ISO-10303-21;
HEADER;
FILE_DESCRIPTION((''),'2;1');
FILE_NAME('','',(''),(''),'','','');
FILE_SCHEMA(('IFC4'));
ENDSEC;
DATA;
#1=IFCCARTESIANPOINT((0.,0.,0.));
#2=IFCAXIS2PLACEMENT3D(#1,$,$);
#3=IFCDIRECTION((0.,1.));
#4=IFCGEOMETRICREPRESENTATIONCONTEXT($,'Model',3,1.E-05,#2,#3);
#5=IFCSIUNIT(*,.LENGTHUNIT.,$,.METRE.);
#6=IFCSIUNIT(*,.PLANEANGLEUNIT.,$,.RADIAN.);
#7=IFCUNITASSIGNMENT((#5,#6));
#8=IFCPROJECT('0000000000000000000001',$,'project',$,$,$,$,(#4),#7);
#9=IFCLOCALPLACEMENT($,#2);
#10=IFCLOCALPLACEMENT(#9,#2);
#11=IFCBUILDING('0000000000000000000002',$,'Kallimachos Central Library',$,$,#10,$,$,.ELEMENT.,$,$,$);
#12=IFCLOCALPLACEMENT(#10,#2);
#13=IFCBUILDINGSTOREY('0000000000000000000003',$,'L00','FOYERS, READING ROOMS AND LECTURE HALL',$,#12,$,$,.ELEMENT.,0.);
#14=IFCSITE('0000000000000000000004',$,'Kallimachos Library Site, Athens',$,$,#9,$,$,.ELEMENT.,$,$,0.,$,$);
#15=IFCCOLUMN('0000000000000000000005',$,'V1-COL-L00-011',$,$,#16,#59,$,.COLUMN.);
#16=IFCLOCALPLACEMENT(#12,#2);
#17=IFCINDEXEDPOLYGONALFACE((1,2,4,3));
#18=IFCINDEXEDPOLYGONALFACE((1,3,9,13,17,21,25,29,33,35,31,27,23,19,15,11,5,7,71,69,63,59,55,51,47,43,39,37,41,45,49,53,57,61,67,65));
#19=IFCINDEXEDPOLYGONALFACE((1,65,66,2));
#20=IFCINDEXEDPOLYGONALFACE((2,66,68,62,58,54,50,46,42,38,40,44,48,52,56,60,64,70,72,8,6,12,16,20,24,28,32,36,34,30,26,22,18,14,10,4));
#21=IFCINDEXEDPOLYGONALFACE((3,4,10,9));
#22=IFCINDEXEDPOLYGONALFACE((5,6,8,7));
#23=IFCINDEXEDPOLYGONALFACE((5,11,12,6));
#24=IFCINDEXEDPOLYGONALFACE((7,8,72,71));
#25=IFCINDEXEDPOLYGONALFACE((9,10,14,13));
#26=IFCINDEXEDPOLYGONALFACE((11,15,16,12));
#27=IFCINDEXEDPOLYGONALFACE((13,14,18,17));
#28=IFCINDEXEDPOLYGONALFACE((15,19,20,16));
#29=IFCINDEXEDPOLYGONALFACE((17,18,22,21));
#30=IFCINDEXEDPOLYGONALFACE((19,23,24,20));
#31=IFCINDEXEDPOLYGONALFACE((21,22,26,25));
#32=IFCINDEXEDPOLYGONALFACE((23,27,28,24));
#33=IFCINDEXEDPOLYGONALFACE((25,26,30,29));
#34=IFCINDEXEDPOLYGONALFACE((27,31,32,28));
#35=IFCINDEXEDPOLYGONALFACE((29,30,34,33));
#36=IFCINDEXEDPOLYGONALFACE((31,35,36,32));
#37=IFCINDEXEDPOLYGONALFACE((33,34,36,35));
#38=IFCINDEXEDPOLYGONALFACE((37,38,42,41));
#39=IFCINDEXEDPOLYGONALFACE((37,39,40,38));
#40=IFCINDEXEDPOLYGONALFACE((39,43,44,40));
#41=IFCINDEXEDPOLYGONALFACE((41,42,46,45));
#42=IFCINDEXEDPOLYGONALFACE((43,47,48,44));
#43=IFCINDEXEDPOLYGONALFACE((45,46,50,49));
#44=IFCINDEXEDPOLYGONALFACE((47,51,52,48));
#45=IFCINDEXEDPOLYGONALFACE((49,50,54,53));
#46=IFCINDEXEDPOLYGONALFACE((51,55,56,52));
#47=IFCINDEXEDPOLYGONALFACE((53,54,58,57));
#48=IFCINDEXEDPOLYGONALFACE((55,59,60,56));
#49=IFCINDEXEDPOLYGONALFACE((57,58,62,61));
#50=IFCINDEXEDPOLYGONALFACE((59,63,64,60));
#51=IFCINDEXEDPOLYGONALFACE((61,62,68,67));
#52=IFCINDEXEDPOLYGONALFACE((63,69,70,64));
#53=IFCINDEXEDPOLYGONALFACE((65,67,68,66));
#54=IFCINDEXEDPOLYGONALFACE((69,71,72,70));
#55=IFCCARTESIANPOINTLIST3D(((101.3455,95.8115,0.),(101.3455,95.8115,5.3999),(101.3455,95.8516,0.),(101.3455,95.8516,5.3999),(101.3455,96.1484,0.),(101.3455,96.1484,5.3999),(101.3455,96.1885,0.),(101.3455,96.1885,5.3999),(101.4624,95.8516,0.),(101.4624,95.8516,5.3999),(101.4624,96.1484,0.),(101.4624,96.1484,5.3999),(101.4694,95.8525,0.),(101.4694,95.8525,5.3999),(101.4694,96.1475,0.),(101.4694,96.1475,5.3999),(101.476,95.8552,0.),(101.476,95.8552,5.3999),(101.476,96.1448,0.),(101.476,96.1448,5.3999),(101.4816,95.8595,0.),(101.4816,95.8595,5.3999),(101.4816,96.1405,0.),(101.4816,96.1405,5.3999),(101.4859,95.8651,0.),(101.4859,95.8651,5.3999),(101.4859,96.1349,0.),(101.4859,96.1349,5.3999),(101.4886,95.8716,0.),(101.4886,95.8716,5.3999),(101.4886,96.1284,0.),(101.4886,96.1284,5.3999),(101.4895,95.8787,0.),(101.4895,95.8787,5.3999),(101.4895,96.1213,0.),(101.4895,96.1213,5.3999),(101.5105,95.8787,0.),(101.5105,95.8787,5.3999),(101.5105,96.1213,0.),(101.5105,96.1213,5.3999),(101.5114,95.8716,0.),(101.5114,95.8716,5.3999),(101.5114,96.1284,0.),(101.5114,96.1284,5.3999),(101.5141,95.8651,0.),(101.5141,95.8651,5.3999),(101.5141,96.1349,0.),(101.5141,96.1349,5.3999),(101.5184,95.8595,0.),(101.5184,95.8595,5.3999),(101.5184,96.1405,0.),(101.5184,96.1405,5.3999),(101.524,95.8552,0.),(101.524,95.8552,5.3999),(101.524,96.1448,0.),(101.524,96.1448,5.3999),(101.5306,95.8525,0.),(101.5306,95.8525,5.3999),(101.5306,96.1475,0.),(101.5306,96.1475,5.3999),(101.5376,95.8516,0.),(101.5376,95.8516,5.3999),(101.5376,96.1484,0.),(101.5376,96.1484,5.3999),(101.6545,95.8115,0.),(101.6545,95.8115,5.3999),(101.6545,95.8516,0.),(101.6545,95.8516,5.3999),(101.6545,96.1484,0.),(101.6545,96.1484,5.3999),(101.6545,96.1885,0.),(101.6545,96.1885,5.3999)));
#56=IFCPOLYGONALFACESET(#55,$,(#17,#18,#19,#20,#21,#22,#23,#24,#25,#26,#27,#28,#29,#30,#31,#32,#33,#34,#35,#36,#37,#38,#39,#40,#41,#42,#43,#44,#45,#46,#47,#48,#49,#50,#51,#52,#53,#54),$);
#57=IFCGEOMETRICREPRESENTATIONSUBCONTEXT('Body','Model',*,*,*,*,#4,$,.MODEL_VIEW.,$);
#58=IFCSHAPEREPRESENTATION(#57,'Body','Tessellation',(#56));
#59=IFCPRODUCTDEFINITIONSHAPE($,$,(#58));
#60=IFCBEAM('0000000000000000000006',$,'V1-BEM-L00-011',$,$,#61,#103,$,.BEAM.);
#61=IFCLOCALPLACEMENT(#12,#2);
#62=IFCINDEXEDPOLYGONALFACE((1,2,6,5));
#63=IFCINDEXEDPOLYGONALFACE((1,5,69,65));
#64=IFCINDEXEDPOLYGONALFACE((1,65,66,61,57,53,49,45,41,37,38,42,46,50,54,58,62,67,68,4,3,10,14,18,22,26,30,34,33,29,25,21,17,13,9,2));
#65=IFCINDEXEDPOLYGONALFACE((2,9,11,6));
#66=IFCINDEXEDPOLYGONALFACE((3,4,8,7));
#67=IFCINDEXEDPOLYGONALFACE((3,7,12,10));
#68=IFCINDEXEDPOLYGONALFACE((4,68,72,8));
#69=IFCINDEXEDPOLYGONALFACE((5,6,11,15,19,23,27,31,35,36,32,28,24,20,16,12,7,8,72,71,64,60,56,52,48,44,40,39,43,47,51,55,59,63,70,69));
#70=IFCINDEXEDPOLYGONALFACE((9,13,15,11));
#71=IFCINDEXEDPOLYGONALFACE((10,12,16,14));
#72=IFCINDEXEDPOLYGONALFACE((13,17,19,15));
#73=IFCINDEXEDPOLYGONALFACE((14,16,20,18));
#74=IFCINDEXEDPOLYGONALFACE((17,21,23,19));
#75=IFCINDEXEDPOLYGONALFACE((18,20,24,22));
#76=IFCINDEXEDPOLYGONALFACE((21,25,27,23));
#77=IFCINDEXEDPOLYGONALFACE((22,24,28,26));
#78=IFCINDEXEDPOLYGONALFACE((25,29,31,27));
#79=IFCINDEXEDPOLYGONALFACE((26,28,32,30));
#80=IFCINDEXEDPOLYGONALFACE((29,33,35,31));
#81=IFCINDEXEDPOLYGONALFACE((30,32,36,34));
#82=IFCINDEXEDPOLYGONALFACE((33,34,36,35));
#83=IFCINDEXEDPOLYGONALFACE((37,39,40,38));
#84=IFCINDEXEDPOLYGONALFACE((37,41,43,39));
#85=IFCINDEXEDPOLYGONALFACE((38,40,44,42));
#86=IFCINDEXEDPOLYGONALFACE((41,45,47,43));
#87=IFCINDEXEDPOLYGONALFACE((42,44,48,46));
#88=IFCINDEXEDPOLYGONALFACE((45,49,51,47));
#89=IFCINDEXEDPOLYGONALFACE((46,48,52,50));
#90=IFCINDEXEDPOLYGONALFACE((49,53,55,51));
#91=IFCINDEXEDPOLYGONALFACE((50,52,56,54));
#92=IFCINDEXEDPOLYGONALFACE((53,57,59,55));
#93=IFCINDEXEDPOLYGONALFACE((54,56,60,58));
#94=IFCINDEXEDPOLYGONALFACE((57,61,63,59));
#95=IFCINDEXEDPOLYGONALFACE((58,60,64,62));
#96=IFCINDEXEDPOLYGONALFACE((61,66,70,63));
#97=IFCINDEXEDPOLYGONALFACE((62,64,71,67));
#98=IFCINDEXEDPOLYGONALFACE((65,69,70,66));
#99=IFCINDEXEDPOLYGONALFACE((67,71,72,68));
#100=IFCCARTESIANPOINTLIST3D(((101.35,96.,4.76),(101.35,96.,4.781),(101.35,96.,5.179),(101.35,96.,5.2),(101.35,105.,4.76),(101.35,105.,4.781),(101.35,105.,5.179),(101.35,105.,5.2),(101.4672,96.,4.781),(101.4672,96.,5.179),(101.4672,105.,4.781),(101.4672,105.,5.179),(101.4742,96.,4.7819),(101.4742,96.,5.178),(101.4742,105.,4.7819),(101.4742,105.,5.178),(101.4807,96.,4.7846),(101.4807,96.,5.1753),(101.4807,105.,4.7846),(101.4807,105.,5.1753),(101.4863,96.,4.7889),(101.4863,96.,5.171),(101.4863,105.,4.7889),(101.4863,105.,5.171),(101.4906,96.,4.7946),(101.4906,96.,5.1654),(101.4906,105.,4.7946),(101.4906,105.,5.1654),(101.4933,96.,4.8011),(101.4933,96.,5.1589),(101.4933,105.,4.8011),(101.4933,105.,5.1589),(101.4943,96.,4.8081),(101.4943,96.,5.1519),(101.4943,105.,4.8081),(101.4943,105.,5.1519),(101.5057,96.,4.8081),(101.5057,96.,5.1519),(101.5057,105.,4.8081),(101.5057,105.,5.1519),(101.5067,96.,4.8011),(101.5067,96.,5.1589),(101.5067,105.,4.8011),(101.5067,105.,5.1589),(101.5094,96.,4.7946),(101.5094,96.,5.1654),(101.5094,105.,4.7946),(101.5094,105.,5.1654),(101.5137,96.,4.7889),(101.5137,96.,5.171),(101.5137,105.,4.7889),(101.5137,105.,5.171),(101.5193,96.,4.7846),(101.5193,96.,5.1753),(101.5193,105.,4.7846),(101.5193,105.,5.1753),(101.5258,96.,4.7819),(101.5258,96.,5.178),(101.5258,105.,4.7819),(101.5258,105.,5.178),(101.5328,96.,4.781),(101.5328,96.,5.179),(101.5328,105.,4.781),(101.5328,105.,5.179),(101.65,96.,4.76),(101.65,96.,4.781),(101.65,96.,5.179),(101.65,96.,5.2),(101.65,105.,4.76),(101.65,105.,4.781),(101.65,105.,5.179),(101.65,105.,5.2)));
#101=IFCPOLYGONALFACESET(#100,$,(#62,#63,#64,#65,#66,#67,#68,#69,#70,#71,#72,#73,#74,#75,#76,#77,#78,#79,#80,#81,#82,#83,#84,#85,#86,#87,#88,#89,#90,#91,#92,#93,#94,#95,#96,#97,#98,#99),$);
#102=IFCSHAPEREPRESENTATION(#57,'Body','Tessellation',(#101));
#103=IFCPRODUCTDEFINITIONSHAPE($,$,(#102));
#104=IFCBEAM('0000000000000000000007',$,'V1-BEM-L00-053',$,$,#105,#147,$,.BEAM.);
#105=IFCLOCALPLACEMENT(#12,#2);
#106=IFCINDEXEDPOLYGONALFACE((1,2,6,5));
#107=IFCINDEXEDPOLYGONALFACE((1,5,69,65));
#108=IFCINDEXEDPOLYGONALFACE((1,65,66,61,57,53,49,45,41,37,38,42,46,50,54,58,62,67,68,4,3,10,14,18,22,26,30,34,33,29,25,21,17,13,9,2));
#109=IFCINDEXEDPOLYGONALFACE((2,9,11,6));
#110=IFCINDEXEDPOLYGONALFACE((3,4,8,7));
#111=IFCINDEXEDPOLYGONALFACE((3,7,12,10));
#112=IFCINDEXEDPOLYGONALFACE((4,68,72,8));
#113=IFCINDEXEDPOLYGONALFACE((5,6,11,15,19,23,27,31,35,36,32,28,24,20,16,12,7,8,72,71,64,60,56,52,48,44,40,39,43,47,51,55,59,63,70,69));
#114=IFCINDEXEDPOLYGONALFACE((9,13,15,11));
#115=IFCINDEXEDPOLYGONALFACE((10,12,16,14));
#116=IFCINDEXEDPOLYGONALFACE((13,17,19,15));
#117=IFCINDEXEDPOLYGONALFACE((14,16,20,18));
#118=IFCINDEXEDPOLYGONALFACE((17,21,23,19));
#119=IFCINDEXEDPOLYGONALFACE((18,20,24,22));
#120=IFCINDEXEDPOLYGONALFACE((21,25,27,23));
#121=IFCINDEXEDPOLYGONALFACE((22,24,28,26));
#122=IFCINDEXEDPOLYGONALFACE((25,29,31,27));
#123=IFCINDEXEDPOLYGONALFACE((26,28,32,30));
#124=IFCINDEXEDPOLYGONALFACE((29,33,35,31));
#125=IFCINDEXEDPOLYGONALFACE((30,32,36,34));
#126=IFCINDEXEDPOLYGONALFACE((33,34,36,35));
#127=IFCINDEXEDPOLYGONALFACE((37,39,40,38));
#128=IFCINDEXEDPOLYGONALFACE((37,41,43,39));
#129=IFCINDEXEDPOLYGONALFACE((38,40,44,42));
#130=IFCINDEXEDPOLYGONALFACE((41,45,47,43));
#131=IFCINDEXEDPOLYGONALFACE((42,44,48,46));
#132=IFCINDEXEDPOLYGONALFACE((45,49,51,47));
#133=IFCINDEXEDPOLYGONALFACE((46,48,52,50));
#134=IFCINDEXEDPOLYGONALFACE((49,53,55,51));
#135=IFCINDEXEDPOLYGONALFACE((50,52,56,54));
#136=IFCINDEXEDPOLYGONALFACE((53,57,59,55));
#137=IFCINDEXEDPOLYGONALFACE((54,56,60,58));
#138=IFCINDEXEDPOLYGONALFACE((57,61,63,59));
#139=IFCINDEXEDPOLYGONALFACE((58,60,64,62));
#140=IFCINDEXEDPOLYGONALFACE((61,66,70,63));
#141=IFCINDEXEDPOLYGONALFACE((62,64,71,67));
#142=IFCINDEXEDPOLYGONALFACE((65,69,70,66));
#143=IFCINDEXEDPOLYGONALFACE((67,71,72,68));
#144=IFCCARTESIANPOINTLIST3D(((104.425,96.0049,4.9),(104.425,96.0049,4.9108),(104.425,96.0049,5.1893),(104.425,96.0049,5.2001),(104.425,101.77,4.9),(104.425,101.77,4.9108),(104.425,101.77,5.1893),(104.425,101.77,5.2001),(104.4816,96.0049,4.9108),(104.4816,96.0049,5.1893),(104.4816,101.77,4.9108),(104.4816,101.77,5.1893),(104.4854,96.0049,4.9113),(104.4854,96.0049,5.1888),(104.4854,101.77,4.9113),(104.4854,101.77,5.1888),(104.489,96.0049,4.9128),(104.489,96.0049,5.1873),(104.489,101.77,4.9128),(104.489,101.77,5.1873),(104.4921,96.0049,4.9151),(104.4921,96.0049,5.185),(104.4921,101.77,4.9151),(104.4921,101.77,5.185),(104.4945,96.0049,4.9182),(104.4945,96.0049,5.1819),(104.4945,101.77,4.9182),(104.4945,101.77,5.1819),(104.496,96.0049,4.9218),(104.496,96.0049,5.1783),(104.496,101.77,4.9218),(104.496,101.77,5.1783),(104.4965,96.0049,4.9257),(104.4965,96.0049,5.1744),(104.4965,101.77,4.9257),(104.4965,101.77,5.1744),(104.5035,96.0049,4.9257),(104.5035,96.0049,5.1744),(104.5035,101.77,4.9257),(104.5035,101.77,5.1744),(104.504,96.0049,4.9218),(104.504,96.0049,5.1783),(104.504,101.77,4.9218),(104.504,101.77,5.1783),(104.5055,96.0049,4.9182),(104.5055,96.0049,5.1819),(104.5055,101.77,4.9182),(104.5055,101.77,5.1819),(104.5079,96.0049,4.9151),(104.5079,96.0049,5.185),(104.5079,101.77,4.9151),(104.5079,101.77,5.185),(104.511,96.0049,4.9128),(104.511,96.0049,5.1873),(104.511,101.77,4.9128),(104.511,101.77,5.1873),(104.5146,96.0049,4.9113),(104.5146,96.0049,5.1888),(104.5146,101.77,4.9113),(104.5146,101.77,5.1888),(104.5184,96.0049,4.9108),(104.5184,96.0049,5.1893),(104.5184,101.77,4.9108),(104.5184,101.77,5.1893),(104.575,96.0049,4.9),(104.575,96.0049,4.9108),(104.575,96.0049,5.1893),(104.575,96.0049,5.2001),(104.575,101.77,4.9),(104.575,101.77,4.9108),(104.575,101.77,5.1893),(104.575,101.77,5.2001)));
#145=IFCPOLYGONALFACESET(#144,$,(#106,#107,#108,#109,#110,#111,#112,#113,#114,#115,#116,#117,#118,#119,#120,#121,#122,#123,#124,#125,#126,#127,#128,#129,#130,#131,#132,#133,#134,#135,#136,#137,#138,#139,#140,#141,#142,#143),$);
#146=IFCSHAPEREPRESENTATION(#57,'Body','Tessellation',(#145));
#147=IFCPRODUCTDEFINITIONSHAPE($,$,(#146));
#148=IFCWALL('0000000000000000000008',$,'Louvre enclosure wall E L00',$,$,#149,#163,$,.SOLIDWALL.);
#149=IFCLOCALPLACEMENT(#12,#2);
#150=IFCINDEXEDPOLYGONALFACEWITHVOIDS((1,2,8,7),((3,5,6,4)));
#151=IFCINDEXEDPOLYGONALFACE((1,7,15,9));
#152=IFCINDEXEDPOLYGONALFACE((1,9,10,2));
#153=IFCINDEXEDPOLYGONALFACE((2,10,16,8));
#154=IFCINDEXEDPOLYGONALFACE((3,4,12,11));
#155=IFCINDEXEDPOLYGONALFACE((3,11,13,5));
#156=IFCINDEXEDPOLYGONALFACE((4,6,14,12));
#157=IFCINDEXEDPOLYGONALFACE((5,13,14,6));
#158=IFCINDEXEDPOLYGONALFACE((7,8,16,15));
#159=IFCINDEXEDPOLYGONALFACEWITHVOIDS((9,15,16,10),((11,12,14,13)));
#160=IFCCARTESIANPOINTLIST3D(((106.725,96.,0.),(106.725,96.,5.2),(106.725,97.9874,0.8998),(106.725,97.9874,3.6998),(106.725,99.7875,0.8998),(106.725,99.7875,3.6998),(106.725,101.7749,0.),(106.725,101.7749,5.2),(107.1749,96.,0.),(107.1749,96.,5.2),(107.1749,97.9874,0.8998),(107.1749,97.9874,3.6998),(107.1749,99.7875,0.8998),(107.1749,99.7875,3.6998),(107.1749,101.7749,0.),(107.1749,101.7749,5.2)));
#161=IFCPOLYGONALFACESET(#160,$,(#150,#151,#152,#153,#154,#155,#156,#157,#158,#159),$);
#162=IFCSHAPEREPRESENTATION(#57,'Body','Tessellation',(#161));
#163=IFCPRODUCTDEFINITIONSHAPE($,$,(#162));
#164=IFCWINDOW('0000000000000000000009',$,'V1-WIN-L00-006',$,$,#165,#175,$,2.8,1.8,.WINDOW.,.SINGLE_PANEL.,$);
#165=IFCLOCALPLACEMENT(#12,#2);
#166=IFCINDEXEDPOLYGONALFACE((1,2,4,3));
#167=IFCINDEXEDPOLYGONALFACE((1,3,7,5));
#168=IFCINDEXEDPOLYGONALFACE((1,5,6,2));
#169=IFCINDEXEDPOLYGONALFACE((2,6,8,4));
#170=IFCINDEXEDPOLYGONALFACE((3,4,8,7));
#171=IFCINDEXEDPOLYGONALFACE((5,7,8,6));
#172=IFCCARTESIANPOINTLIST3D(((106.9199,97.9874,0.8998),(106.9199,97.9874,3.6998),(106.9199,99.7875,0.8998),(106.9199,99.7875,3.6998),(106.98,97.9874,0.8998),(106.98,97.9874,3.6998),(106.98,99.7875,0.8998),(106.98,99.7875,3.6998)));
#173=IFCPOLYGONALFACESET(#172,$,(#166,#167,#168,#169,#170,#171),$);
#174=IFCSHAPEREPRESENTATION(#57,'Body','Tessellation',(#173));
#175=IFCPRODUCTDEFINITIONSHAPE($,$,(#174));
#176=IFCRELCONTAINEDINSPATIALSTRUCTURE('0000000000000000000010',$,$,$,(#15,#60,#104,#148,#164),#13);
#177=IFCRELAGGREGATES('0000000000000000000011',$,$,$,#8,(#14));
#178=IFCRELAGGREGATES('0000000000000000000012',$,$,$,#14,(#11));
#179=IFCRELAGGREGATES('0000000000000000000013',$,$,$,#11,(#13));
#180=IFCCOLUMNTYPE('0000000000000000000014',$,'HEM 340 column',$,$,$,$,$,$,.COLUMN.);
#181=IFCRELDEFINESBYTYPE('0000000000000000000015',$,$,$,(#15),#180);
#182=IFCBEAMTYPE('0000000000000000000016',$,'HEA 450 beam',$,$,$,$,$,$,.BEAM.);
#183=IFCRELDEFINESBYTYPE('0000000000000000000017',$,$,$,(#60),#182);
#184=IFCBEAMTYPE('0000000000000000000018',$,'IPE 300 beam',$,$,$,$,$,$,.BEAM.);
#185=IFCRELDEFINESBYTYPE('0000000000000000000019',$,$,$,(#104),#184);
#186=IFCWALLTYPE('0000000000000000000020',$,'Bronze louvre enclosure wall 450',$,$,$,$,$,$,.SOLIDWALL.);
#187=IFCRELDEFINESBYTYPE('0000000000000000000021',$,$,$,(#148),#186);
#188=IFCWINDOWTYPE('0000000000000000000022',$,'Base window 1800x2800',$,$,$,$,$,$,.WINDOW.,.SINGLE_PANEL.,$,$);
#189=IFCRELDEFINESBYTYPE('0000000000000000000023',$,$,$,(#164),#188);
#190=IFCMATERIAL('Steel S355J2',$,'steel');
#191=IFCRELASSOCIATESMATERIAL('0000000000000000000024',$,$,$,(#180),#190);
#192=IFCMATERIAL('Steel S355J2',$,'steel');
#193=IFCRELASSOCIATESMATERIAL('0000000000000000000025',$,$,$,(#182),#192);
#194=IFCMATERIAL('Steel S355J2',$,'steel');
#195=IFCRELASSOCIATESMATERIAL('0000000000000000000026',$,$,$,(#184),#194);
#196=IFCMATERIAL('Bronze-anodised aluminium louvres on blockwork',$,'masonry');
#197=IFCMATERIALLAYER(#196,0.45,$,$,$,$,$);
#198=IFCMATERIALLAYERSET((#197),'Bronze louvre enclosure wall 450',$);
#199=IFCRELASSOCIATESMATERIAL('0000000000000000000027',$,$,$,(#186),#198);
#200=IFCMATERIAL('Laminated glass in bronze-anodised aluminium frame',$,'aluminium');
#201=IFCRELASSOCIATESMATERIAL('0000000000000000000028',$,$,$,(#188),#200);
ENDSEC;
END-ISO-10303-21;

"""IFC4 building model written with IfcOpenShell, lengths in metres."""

from ifc_helpers import new_model, si_unit, direction, frame, frame_2d, origin, origin_2d, place, context, subcontext, project, spatial, rectangle, i_section, extrude, material, layer, layer_set, material_profile, profile_set, type_object, element, fill, save


model = new_model("IFC4")

# Units and contexts
model_context = context("Model", 3, precision=1e-05, world=origin(), true_north=direction((0.0, 1.0)))
body_context = subcontext(model_context, "Body", "Model", "MODEL_VIEW")
ifc_project = project(units=[si_unit("LENGTHUNIT", "METRE"), si_unit("PLANEANGLEUNIT", "RADIAN")], contexts=[model_context])

# Site, building, storey
site_placement = place(None, origin())
site = spatial("IfcSite", under=ifc_project, at=site_placement, Name="Kallimachos Library Site, Athens", CompositionType="ELEMENT", RefElevation=0.0)
building_placement = place(site_placement, origin())
building = spatial("IfcBuilding", under=site, at=building_placement, Name="Kallimachos Central Library", CompositionType="ELEMENT")
storey_placement = place(building_placement, origin())
storey = spatial("IfcBuildingStorey", under=building, at=storey_placement, Name="L00", Description="FOYERS, READING ROOMS AND LECTURE HALL", CompositionType="ELEMENT", Elevation=0.0)

# Column
ifc_material_1 = material(Name="Steel S355J2", Category="steel")
ifc_material_profile_1 = material_profile(ifc_material_1, i_section(OverallWidth=0.3091, OverallDepth=0.377, WebThickness=0.021, FlangeThickness=0.04, FilletRadius=0.0271, at=origin_2d()), Name="HEM 340")
ifc_profile_set_1 = profile_set([ifc_material_profile_1], Name="Steel S355J2")
column_type = type_object("IfcColumnType", Name="HEM 340 column", PredefinedType="COLUMN", material=ifc_profile_set_1)
column_placement = place(storey_placement, frame((101.5, 96.0, 0.0), z_axis=(0.0, 0.0, 1.0), x_axis=(1.0, 0.0, 0.0)))
element("IfcColumn", 1, at=column_placement, inside=storey, type_object=column_type, Name="V1-COL-L00-011", PredefinedType="COLUMN", context=body_context, shape_type="SweptSolid", body=[
    extrude(i_section(OverallWidth=0.3091, OverallDepth=0.377, WebThickness=0.021, FlangeThickness=0.04, FilletRadius=0.0271, at=origin_2d()), origin(), (0.0, 0.0, 1.0), 5.3999),
])

# Beams
ifc_material_2 = material(Name="Steel S355J2", Category="steel")
ifc_material_profile_2 = material_profile(ifc_material_2, i_section(OverallWidth=0.3, OverallDepth=0.4399, WebThickness=0.0115, FlangeThickness=0.021, FilletRadius=0.0271, at=origin_2d()), Name="HEA 450")
ifc_profile_set_2 = profile_set([ifc_material_profile_2], Name="Steel S355J2")
beam_type_1 = type_object("IfcBeamType", Name="HEA 450 beam", PredefinedType="BEAM", material=ifc_profile_set_2)
beam_1_placement = place(storey_placement, frame((101.5, 96.0, 4.98), z_axis=(0.0, 1.0, 0.0), x_axis=(-1.0, 0.0, 0.0)))
element("IfcBeam", 2, at=beam_1_placement, inside=storey, type_object=beam_type_1, Name="V1-BEM-L00-011", PredefinedType="BEAM", context=body_context, shape_type="SweptSolid", body=[
    extrude(i_section(OverallWidth=0.3, OverallDepth=0.4399, WebThickness=0.0115, FlangeThickness=0.021, FilletRadius=0.0271, at=origin_2d()), origin(), (0.0, 0.0, 1.0), 9.0),
])
ifc_material_3 = material(Name="Steel S355J2", Category="steel")
ifc_material_profile_3 = material_profile(ifc_material_3, i_section(OverallWidth=0.1499, OverallDepth=0.3, WebThickness=0.0071, FlangeThickness=0.0107, FilletRadius=0.0149, at=origin_2d()), Name="IPE 300")
ifc_profile_set_3 = profile_set([ifc_material_profile_3], Name="Steel S355J2")
beam_type_2 = type_object("IfcBeamType", Name="IPE 300 beam", PredefinedType="BEAM", material=ifc_profile_set_3)
beam_2_placement = place(storey_placement, frame((104.5, 96.0049, 5.05), z_axis=(0.0, 1.0, 0.0), x_axis=(-1.0, 0.0, 0.0)))
element("IfcBeam", 3, at=beam_2_placement, inside=storey, type_object=beam_type_2, Name="V1-BEM-L00-053", PredefinedType="BEAM", context=body_context, shape_type="SweptSolid", body=[
    extrude(i_section(OverallWidth=0.1499, OverallDepth=0.3, WebThickness=0.0071, FlangeThickness=0.0107, FilletRadius=0.0149, at=origin_2d()), origin(), (0.0, 0.0, 1.0), 5.7651),
])

# Wall, opening, window
ifc_material_4 = material(Name="Bronze-anodised aluminium louvres on blockwork", Category="masonry")
ifc_layer_1 = layer(ifc_material_4, 0.45)
ifc_layer_set_1 = layer_set([ifc_layer_1], Name="Bronze louvre enclosure wall 450")
wall_type_1 = type_object("IfcWallType", Name="Bronze louvre enclosure wall 450", PredefinedType="SOLIDWALL", material=ifc_layer_set_1)
wall_1_placement = place(storey_placement, frame((106.95, 96.0, 0.0), z_axis=(0.0, 0.0, 1.0), x_axis=(0.0, 1.0, 0.0)))
wall_1 = element("IfcWall", 4, at=wall_1_placement, inside=storey, type_object=wall_type_1, Name="Louvre enclosure wall E L00", PredefinedType="SOLIDWALL", context=body_context, shape_type="SweptSolid", body=[
    extrude(rectangle(XDim=5.7749, YDim=0.45, at=frame_2d((2.8875, 0.0))), origin(), (0.0, 0.0, 1.0), 5.2),
])
opening_1_placement = place(wall_1_placement, frame((1.9875, 0.0, 0.8999)))
opening_1 = element("IfcOpeningElement", 5, at=opening_1_placement, cuts=wall_1, PredefinedType="OPENING", context=body_context, shape_type="SweptSolid", body=[
    extrude(rectangle(XDim=1.8, YDim=2.8, at=frame_2d((0.8999, 1.3999))), frame((0.0, 0.2349, 0.0), z_axis=(0.0, -1.0, 0.0), x_axis=(1.0, 0.0, 0.0)), (0.0, 0.0, 1.0), 0.47),
])
ifc_material_5 = material(Name="Laminated glass in bronze-anodised aluminium frame", Category="aluminium")
window_type = type_object("IfcWindowType", Name="Base window 1800x2800", PartitioningType="SINGLE_PANEL", PredefinedType="WINDOW", material=ifc_material_5)
window_placement = place(opening_1_placement, origin())
window = element("IfcWindow", 6, at=window_placement, inside=storey, type_object=window_type, Name="V1-WIN-L00-006", OverallHeight=2.8, OverallWidth=1.8, PartitioningType="SINGLE_PANEL", PredefinedType="WINDOW", context=body_context, shape_type="SweptSolid", body=[
    extrude(rectangle(XDim=1.8, YDim=2.8, at=frame_2d((0.8999, 1.3999))), frame((0.0, 0.03, 0.0), z_axis=(0.0, -1.0, 0.0), x_axis=(1.0, 0.0, 0.0)), (0.0, 0.0, 1.0), 0.0601),
])
fill(opening_1, window)

save(model, "model.ifc")
